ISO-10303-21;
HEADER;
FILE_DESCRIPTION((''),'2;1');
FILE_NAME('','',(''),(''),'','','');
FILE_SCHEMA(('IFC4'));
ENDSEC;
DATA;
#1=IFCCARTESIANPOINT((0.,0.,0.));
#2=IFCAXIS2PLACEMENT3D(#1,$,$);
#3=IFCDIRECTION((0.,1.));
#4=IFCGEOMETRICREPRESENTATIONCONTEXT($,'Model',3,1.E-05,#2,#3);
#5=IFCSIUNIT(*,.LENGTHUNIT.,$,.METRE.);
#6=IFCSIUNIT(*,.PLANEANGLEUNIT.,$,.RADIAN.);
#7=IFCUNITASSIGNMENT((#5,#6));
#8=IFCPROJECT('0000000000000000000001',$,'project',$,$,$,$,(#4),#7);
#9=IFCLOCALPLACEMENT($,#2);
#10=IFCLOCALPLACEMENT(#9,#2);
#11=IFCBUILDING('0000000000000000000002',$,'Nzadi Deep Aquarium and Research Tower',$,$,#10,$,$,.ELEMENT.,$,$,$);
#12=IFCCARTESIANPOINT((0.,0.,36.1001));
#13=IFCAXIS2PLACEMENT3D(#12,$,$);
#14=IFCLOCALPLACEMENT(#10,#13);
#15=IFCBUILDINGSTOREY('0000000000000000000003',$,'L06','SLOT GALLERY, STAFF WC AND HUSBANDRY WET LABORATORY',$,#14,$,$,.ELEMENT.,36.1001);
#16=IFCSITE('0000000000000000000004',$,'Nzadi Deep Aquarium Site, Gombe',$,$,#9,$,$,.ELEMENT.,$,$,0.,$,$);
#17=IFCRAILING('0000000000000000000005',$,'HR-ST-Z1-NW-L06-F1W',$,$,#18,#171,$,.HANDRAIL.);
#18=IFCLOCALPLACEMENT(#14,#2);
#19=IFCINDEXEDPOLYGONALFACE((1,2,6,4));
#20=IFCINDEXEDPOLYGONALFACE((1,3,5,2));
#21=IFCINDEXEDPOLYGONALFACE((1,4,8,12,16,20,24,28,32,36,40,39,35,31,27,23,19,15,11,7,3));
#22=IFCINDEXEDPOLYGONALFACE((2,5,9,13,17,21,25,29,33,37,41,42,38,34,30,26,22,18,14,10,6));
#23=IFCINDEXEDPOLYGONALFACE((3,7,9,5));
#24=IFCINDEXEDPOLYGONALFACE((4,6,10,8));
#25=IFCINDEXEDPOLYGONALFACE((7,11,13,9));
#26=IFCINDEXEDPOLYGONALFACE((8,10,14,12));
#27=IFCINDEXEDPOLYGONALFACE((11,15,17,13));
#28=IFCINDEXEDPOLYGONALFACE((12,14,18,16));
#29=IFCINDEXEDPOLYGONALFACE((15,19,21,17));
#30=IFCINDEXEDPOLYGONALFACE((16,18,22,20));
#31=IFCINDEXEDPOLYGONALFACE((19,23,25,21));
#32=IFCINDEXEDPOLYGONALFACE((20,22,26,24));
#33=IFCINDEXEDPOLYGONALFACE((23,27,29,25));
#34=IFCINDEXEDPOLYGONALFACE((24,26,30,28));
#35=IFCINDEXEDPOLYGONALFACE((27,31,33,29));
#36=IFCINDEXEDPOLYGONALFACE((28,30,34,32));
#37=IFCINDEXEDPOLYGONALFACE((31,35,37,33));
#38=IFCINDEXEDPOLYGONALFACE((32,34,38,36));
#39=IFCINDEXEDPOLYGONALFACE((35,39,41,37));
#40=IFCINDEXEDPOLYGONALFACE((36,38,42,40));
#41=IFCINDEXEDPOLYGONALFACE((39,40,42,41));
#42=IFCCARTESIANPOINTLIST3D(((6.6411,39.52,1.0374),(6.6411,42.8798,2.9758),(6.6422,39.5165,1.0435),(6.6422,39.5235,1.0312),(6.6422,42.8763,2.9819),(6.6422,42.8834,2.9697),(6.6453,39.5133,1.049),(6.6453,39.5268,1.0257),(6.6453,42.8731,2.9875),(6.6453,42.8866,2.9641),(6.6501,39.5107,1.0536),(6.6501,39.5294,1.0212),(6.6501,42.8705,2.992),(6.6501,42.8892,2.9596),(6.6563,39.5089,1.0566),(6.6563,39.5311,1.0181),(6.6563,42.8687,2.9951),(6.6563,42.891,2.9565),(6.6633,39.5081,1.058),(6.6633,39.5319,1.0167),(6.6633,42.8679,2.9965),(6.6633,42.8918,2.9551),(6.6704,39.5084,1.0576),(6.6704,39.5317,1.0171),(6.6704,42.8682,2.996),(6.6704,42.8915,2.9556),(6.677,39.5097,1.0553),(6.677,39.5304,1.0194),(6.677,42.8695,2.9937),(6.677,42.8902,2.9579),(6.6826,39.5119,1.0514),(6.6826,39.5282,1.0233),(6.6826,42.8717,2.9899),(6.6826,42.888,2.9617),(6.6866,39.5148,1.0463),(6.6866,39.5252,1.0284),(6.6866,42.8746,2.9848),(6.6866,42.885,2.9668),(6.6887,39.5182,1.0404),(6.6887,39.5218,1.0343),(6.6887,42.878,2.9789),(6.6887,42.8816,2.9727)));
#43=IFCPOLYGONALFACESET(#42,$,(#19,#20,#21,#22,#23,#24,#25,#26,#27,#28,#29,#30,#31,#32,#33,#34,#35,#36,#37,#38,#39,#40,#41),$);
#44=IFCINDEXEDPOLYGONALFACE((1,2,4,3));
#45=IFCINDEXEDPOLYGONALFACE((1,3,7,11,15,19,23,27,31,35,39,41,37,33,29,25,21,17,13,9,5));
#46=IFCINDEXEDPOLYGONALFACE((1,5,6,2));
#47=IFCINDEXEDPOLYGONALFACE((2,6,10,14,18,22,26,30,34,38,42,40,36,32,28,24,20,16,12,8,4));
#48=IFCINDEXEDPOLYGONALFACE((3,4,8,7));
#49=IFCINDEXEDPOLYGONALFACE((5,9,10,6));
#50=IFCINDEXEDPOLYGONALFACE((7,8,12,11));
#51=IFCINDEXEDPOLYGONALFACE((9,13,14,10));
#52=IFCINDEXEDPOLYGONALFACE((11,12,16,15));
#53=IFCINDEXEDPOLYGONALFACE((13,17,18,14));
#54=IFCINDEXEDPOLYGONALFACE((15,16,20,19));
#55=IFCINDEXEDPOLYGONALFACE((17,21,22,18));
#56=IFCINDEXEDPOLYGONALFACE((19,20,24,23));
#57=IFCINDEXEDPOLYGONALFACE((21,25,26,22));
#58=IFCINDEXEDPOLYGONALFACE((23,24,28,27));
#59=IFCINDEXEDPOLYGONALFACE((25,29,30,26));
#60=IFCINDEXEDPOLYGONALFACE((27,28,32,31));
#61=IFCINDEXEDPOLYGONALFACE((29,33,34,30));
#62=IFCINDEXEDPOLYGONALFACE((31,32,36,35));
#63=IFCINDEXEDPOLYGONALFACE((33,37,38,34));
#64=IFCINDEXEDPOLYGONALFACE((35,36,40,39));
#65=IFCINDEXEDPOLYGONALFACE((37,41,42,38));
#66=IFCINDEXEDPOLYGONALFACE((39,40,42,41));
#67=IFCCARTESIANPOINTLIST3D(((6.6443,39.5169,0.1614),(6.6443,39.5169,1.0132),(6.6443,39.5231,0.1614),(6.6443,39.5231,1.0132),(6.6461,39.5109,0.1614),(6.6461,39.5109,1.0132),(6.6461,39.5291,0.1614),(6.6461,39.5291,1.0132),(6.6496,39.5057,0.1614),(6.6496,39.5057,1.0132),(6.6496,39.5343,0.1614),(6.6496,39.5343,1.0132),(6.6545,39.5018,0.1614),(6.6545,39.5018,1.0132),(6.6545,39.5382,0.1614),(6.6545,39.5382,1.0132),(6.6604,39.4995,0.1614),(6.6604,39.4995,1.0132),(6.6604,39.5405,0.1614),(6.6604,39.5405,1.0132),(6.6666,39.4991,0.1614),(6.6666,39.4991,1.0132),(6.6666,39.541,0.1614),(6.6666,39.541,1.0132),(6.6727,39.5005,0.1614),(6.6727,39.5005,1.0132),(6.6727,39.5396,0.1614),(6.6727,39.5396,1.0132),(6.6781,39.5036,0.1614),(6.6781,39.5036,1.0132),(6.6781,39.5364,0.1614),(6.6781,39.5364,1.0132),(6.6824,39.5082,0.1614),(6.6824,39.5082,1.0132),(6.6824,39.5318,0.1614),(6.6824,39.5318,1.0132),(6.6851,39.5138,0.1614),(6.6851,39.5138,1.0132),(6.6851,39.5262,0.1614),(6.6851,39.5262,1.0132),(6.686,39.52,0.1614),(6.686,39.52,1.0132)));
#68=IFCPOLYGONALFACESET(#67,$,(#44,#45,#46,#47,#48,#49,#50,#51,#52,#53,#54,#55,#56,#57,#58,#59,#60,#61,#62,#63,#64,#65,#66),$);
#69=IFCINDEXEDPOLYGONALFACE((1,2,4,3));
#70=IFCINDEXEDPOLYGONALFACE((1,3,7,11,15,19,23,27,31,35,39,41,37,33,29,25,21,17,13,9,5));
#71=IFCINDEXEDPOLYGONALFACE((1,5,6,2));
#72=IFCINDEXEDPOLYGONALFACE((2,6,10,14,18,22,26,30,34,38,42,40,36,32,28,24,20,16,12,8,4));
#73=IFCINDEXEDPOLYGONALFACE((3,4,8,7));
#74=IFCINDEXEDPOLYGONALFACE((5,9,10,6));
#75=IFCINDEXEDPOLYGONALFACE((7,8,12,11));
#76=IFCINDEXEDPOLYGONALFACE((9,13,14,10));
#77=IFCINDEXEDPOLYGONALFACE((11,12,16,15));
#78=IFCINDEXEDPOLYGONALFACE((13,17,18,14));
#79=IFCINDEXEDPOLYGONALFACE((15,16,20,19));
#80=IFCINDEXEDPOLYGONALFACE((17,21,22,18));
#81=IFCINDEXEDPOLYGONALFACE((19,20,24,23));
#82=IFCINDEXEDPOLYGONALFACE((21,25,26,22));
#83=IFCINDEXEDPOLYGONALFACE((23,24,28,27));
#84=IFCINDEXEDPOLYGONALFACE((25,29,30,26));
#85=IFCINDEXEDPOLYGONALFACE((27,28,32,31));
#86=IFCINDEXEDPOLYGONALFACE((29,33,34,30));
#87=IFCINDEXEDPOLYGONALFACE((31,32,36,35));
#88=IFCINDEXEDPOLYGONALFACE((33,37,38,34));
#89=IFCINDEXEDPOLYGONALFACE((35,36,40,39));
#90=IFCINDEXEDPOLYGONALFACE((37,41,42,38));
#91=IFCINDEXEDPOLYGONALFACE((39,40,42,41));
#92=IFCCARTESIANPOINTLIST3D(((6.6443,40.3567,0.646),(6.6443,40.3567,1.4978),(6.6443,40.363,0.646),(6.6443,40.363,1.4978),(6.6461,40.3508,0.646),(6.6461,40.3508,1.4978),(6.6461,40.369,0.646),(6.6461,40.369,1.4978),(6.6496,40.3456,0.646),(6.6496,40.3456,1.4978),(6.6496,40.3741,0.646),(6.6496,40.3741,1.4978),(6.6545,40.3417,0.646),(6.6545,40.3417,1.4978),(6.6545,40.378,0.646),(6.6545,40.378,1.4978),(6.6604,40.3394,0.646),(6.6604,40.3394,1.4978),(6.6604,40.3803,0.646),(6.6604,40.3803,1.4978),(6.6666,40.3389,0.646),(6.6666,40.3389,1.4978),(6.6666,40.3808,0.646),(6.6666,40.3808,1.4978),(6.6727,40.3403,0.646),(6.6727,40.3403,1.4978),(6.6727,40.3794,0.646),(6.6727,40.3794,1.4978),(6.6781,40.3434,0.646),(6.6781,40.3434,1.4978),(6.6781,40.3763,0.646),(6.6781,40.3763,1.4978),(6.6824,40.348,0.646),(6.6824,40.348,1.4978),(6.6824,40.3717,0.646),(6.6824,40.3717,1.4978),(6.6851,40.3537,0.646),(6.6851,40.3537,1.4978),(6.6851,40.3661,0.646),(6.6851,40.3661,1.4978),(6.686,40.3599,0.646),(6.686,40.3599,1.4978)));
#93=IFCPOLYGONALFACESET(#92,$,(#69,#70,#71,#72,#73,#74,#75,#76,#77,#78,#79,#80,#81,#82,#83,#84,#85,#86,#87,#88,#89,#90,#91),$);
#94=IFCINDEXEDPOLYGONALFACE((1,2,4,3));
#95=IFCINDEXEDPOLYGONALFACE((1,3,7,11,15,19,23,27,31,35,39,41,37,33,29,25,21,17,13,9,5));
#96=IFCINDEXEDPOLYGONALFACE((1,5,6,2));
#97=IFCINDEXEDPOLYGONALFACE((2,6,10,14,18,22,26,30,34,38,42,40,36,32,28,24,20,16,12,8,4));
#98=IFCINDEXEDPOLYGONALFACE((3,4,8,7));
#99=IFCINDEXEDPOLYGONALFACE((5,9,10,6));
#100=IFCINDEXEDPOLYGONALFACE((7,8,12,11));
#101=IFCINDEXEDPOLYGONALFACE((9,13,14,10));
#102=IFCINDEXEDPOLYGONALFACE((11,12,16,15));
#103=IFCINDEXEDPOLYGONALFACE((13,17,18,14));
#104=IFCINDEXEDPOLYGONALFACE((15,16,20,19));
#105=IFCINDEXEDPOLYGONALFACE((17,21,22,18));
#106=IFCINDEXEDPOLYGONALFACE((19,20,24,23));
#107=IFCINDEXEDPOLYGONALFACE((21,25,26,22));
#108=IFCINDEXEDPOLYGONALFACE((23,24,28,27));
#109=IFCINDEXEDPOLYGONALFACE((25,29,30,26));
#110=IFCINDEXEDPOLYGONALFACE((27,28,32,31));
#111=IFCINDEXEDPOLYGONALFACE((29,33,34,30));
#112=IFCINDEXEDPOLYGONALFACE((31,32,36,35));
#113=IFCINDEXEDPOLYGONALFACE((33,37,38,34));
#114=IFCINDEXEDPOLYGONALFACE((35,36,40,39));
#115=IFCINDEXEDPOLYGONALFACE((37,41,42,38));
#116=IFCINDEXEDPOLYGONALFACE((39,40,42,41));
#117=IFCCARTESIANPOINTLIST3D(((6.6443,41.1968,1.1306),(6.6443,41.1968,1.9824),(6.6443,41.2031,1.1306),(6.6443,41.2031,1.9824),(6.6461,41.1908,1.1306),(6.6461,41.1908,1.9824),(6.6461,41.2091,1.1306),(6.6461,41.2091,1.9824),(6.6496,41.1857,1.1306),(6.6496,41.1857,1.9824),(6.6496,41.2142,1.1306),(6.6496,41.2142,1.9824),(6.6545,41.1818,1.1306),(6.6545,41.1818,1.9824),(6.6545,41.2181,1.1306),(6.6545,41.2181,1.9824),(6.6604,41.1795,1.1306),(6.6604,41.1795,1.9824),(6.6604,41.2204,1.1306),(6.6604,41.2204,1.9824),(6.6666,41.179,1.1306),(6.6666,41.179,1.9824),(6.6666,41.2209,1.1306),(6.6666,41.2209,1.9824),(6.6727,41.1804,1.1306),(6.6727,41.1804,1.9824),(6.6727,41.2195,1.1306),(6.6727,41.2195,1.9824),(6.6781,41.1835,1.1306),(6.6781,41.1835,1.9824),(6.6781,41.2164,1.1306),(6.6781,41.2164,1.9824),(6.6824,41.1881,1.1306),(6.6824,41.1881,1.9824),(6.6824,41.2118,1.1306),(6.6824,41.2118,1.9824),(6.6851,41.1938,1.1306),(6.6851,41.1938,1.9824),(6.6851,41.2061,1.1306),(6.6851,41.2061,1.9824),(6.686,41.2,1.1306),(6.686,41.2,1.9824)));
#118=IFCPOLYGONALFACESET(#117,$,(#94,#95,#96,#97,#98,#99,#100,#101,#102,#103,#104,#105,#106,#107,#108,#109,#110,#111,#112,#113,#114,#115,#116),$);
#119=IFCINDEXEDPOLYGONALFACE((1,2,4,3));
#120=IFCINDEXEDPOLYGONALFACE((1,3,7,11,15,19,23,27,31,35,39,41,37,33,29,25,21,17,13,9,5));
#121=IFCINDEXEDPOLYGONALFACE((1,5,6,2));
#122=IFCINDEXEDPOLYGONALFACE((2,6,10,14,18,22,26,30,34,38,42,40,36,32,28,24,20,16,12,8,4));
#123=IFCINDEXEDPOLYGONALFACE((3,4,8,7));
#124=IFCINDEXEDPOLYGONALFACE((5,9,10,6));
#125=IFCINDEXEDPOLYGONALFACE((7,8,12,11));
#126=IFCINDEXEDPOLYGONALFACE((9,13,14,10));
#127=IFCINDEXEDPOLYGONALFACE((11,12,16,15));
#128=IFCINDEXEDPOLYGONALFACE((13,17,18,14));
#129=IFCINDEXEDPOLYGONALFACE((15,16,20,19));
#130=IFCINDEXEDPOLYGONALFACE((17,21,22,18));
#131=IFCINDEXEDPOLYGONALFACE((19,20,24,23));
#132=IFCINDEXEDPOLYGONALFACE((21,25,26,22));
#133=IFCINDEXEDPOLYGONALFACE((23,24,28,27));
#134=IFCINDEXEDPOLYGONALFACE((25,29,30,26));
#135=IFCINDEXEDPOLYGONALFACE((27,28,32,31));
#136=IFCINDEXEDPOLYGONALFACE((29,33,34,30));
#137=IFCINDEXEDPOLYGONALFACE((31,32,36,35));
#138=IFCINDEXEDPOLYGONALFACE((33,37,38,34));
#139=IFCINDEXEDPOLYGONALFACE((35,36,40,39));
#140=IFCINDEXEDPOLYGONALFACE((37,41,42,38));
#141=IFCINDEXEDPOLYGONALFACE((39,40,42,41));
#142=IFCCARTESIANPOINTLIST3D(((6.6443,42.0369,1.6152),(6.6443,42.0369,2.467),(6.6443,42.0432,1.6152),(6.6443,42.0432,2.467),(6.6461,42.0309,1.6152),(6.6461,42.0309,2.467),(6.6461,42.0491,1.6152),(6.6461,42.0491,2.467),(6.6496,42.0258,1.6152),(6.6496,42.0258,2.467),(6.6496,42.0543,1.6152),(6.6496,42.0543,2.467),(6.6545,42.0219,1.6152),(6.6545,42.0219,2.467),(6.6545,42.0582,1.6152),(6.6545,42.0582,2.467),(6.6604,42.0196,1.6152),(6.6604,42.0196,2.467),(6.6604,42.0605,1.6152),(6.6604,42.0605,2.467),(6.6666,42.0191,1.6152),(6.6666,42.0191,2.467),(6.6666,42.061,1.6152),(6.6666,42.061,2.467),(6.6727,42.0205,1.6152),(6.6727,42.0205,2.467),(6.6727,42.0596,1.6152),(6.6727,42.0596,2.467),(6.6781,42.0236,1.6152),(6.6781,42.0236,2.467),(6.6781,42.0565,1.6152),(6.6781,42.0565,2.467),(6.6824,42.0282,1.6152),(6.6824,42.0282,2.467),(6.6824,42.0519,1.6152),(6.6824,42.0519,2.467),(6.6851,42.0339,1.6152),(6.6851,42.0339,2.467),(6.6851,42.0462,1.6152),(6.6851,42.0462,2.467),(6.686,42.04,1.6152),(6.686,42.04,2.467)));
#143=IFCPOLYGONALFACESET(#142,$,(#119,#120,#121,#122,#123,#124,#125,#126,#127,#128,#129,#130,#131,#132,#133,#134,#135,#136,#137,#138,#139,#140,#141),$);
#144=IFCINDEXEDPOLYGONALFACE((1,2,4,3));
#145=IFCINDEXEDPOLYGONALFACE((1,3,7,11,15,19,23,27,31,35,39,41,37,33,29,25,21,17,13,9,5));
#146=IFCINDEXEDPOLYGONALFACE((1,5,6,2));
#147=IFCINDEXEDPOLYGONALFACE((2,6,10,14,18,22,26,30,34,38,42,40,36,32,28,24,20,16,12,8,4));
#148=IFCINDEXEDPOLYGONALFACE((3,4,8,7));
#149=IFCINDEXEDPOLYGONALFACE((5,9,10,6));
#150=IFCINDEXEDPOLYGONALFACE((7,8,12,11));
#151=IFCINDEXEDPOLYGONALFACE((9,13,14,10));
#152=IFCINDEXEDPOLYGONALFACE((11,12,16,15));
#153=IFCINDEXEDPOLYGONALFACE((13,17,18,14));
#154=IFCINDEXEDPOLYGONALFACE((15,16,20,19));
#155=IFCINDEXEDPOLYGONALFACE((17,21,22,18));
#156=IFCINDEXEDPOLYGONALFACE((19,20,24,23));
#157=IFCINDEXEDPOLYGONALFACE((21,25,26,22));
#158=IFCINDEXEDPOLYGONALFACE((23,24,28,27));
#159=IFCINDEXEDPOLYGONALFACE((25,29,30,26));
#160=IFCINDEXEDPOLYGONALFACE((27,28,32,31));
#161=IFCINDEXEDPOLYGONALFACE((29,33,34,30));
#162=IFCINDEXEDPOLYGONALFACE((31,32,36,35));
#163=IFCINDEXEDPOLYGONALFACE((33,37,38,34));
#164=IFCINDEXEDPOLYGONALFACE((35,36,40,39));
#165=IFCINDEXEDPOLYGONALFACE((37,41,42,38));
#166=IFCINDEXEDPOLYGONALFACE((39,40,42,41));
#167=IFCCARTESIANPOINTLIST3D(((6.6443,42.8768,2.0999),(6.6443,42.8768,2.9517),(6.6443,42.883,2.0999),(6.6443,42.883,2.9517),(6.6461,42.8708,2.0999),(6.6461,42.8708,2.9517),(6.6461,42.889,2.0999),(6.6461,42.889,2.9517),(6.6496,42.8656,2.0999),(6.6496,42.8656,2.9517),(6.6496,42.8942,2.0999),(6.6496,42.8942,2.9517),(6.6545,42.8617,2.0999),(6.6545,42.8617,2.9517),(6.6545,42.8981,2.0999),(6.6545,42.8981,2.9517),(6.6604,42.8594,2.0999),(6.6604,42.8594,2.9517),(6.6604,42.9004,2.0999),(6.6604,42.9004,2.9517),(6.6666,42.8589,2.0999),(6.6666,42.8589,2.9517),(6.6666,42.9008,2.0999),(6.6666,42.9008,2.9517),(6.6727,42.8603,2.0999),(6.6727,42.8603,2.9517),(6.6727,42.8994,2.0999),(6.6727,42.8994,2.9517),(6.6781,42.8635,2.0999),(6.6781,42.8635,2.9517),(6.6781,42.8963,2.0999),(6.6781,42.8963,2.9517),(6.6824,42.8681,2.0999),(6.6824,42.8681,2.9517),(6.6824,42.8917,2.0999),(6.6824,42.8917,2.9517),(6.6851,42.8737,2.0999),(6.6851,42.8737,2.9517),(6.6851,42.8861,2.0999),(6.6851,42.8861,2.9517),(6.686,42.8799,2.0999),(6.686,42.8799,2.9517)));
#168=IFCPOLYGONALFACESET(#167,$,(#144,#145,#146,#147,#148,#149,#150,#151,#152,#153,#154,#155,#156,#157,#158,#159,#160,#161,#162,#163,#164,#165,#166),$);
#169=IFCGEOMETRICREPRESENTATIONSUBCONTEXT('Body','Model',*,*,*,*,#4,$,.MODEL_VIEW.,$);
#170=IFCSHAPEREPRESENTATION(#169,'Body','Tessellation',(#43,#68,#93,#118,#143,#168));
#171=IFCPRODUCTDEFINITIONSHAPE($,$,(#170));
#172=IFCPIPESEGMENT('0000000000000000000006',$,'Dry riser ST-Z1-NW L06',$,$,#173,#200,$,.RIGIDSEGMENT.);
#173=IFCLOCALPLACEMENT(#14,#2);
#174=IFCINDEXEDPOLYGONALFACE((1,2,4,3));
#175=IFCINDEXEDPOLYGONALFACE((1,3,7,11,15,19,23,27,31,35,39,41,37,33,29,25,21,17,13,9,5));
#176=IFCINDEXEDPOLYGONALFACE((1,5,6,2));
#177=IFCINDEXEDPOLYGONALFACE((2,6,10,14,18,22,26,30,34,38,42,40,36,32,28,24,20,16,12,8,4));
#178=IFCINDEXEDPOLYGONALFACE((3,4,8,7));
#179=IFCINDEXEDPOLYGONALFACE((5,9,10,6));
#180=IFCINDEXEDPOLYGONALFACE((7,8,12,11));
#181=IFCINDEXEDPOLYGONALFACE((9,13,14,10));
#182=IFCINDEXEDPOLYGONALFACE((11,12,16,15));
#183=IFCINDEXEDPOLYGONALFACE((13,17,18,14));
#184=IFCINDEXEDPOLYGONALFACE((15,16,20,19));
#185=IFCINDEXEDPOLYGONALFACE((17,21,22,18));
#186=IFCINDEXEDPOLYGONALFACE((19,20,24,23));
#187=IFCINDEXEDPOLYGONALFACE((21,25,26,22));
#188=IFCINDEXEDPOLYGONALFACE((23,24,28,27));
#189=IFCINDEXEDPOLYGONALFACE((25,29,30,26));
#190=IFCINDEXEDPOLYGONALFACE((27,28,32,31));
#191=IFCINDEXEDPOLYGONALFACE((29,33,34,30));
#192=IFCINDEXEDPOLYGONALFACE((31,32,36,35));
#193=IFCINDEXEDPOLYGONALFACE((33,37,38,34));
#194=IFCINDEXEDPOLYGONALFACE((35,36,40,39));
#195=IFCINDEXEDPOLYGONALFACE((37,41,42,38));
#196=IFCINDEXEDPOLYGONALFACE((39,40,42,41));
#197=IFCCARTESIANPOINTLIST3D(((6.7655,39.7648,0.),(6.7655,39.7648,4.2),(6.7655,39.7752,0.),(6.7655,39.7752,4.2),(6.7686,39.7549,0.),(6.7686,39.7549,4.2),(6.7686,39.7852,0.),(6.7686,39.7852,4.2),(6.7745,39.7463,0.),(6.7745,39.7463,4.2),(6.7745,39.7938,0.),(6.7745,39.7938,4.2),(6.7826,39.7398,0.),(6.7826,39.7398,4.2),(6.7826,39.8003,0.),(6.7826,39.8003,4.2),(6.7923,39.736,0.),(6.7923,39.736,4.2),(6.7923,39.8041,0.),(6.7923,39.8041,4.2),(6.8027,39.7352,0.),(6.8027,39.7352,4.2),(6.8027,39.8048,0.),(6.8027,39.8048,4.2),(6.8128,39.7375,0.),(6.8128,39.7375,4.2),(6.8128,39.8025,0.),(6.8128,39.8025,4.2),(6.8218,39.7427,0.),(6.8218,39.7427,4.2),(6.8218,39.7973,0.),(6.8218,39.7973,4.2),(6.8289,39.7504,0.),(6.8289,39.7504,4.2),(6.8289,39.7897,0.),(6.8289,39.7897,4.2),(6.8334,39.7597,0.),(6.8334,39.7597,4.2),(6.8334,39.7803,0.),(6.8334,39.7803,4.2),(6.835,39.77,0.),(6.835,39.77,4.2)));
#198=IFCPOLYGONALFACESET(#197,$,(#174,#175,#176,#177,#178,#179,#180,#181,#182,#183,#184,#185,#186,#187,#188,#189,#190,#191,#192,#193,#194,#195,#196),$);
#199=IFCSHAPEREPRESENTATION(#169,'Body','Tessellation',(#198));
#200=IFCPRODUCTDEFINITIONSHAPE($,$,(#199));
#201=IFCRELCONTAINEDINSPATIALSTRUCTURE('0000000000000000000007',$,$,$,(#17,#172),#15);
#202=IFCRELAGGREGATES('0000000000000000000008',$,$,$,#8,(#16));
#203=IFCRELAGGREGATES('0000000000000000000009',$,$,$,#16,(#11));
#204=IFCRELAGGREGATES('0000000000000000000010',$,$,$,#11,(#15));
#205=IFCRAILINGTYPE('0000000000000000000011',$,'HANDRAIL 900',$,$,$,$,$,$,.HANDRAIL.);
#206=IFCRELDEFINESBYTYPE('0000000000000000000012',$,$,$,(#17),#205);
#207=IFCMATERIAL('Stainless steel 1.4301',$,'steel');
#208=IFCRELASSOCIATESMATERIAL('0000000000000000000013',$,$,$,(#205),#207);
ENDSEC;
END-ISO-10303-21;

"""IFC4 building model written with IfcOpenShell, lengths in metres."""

from ifc_helpers import new_model, si_unit, direction, frame, origin, origin_2d, place, context, subcontext, project, spatial, circle, extrude, material, type_object, element, save


model = new_model("IFC4")

# Units and contexts
model_context = context("Model", 3, precision=1e-05, world=origin(), true_north=direction((0.0, 1.0)))
body_context = subcontext(model_context, "Body", "Model", "MODEL_VIEW")
ifc_project = project(units=[si_unit("LENGTHUNIT", "METRE"), si_unit("PLANEANGLEUNIT", "RADIAN")], contexts=[model_context])

# Site, building, storey
site_placement = place(None, origin())
site = spatial("IfcSite", under=ifc_project, at=site_placement, Name="Nzadi Deep Aquarium Site, Gombe", CompositionType="ELEMENT", RefElevation=0.0)
building_placement = place(site_placement, origin())
building = spatial("IfcBuilding", under=site, at=building_placement, Name="Nzadi Deep Aquarium and Research Tower", CompositionType="ELEMENT")
storey_placement = place(building_placement, frame((0.0, 0.0, 36.1001)))
storey = spatial("IfcBuildingStorey", under=building, at=storey_placement, Name="L06", Description="SLOT GALLERY, STAFF WC AND HUSBANDRY WET LABORATORY", CompositionType="ELEMENT", Elevation=36.1001)

# Railing
ifc_material_1 = material(Name="Stainless steel 1.4301", Category="steel")
railing_type = type_object("IfcRailingType", Name="HANDRAIL 900", PredefinedType="HANDRAIL", material=ifc_material_1)
for number, where, name in (
    (1, (6.665, 39.52, 0.1614), "HR-ST-Z1-NW-L06-F1W"),
):
    element("IfcRailing", number, at=place(storey_placement, frame(where)), inside=storey, type_object=railing_type, Name=name, PredefinedType="HANDRAIL", context=body_context, shape_type="SweptSolid", body=[
        extrude(circle(Radius=0.0239, at=origin_2d()), frame((0.0, 0.0, 0.876), z_axis=(0.0, 0.866175, 0.499741), x_axis=(-1.0, 0.0, 0.0)), (0.0, 0.0, 1.0), 3.8789),
        extrude(circle(Radius=0.021, at=origin_2d()), origin(), (0.0, 0.0, 1.0), 0.8518),
        extrude(circle(Radius=0.021, at=origin_2d()), frame((0.0, 0.8398, 0.4846)), (0.0, 0.0, 1.0), 0.8518),
        extrude(circle(Radius=0.021, at=origin_2d()), frame((0.0, 1.6799, 0.9692)), (0.0, 0.0, 1.0), 0.8518),
        extrude(circle(Radius=0.021, at=origin_2d()), frame((0.0, 2.52, 1.4539)), (0.0, 0.0, 1.0), 0.8518),
        extrude(circle(Radius=0.021, at=origin_2d()), frame((0.0, 3.3599, 1.9385)), (0.0, 0.0, 1.0), 0.8518),
    ])

# Pipe segment
pipe_segment_placement = place(storey_placement, frame((6.8, 39.77, 0.0), z_axis=(0.0, 0.0, 1.0), x_axis=(1.0, 0.0, 0.0)))
element("IfcPipeSegment", 2, at=pipe_segment_placement, inside=storey, Name="Dry riser ST-Z1-NW L06", PredefinedType="RIGIDSEGMENT", context=body_context, shape_type="SweptSolid", body=[
    extrude(circle(Radius=0.0349, at=origin_2d()), origin(), (0.0, 0.0, 1.0), 4.2),
])

save(model, "model.ifc")
